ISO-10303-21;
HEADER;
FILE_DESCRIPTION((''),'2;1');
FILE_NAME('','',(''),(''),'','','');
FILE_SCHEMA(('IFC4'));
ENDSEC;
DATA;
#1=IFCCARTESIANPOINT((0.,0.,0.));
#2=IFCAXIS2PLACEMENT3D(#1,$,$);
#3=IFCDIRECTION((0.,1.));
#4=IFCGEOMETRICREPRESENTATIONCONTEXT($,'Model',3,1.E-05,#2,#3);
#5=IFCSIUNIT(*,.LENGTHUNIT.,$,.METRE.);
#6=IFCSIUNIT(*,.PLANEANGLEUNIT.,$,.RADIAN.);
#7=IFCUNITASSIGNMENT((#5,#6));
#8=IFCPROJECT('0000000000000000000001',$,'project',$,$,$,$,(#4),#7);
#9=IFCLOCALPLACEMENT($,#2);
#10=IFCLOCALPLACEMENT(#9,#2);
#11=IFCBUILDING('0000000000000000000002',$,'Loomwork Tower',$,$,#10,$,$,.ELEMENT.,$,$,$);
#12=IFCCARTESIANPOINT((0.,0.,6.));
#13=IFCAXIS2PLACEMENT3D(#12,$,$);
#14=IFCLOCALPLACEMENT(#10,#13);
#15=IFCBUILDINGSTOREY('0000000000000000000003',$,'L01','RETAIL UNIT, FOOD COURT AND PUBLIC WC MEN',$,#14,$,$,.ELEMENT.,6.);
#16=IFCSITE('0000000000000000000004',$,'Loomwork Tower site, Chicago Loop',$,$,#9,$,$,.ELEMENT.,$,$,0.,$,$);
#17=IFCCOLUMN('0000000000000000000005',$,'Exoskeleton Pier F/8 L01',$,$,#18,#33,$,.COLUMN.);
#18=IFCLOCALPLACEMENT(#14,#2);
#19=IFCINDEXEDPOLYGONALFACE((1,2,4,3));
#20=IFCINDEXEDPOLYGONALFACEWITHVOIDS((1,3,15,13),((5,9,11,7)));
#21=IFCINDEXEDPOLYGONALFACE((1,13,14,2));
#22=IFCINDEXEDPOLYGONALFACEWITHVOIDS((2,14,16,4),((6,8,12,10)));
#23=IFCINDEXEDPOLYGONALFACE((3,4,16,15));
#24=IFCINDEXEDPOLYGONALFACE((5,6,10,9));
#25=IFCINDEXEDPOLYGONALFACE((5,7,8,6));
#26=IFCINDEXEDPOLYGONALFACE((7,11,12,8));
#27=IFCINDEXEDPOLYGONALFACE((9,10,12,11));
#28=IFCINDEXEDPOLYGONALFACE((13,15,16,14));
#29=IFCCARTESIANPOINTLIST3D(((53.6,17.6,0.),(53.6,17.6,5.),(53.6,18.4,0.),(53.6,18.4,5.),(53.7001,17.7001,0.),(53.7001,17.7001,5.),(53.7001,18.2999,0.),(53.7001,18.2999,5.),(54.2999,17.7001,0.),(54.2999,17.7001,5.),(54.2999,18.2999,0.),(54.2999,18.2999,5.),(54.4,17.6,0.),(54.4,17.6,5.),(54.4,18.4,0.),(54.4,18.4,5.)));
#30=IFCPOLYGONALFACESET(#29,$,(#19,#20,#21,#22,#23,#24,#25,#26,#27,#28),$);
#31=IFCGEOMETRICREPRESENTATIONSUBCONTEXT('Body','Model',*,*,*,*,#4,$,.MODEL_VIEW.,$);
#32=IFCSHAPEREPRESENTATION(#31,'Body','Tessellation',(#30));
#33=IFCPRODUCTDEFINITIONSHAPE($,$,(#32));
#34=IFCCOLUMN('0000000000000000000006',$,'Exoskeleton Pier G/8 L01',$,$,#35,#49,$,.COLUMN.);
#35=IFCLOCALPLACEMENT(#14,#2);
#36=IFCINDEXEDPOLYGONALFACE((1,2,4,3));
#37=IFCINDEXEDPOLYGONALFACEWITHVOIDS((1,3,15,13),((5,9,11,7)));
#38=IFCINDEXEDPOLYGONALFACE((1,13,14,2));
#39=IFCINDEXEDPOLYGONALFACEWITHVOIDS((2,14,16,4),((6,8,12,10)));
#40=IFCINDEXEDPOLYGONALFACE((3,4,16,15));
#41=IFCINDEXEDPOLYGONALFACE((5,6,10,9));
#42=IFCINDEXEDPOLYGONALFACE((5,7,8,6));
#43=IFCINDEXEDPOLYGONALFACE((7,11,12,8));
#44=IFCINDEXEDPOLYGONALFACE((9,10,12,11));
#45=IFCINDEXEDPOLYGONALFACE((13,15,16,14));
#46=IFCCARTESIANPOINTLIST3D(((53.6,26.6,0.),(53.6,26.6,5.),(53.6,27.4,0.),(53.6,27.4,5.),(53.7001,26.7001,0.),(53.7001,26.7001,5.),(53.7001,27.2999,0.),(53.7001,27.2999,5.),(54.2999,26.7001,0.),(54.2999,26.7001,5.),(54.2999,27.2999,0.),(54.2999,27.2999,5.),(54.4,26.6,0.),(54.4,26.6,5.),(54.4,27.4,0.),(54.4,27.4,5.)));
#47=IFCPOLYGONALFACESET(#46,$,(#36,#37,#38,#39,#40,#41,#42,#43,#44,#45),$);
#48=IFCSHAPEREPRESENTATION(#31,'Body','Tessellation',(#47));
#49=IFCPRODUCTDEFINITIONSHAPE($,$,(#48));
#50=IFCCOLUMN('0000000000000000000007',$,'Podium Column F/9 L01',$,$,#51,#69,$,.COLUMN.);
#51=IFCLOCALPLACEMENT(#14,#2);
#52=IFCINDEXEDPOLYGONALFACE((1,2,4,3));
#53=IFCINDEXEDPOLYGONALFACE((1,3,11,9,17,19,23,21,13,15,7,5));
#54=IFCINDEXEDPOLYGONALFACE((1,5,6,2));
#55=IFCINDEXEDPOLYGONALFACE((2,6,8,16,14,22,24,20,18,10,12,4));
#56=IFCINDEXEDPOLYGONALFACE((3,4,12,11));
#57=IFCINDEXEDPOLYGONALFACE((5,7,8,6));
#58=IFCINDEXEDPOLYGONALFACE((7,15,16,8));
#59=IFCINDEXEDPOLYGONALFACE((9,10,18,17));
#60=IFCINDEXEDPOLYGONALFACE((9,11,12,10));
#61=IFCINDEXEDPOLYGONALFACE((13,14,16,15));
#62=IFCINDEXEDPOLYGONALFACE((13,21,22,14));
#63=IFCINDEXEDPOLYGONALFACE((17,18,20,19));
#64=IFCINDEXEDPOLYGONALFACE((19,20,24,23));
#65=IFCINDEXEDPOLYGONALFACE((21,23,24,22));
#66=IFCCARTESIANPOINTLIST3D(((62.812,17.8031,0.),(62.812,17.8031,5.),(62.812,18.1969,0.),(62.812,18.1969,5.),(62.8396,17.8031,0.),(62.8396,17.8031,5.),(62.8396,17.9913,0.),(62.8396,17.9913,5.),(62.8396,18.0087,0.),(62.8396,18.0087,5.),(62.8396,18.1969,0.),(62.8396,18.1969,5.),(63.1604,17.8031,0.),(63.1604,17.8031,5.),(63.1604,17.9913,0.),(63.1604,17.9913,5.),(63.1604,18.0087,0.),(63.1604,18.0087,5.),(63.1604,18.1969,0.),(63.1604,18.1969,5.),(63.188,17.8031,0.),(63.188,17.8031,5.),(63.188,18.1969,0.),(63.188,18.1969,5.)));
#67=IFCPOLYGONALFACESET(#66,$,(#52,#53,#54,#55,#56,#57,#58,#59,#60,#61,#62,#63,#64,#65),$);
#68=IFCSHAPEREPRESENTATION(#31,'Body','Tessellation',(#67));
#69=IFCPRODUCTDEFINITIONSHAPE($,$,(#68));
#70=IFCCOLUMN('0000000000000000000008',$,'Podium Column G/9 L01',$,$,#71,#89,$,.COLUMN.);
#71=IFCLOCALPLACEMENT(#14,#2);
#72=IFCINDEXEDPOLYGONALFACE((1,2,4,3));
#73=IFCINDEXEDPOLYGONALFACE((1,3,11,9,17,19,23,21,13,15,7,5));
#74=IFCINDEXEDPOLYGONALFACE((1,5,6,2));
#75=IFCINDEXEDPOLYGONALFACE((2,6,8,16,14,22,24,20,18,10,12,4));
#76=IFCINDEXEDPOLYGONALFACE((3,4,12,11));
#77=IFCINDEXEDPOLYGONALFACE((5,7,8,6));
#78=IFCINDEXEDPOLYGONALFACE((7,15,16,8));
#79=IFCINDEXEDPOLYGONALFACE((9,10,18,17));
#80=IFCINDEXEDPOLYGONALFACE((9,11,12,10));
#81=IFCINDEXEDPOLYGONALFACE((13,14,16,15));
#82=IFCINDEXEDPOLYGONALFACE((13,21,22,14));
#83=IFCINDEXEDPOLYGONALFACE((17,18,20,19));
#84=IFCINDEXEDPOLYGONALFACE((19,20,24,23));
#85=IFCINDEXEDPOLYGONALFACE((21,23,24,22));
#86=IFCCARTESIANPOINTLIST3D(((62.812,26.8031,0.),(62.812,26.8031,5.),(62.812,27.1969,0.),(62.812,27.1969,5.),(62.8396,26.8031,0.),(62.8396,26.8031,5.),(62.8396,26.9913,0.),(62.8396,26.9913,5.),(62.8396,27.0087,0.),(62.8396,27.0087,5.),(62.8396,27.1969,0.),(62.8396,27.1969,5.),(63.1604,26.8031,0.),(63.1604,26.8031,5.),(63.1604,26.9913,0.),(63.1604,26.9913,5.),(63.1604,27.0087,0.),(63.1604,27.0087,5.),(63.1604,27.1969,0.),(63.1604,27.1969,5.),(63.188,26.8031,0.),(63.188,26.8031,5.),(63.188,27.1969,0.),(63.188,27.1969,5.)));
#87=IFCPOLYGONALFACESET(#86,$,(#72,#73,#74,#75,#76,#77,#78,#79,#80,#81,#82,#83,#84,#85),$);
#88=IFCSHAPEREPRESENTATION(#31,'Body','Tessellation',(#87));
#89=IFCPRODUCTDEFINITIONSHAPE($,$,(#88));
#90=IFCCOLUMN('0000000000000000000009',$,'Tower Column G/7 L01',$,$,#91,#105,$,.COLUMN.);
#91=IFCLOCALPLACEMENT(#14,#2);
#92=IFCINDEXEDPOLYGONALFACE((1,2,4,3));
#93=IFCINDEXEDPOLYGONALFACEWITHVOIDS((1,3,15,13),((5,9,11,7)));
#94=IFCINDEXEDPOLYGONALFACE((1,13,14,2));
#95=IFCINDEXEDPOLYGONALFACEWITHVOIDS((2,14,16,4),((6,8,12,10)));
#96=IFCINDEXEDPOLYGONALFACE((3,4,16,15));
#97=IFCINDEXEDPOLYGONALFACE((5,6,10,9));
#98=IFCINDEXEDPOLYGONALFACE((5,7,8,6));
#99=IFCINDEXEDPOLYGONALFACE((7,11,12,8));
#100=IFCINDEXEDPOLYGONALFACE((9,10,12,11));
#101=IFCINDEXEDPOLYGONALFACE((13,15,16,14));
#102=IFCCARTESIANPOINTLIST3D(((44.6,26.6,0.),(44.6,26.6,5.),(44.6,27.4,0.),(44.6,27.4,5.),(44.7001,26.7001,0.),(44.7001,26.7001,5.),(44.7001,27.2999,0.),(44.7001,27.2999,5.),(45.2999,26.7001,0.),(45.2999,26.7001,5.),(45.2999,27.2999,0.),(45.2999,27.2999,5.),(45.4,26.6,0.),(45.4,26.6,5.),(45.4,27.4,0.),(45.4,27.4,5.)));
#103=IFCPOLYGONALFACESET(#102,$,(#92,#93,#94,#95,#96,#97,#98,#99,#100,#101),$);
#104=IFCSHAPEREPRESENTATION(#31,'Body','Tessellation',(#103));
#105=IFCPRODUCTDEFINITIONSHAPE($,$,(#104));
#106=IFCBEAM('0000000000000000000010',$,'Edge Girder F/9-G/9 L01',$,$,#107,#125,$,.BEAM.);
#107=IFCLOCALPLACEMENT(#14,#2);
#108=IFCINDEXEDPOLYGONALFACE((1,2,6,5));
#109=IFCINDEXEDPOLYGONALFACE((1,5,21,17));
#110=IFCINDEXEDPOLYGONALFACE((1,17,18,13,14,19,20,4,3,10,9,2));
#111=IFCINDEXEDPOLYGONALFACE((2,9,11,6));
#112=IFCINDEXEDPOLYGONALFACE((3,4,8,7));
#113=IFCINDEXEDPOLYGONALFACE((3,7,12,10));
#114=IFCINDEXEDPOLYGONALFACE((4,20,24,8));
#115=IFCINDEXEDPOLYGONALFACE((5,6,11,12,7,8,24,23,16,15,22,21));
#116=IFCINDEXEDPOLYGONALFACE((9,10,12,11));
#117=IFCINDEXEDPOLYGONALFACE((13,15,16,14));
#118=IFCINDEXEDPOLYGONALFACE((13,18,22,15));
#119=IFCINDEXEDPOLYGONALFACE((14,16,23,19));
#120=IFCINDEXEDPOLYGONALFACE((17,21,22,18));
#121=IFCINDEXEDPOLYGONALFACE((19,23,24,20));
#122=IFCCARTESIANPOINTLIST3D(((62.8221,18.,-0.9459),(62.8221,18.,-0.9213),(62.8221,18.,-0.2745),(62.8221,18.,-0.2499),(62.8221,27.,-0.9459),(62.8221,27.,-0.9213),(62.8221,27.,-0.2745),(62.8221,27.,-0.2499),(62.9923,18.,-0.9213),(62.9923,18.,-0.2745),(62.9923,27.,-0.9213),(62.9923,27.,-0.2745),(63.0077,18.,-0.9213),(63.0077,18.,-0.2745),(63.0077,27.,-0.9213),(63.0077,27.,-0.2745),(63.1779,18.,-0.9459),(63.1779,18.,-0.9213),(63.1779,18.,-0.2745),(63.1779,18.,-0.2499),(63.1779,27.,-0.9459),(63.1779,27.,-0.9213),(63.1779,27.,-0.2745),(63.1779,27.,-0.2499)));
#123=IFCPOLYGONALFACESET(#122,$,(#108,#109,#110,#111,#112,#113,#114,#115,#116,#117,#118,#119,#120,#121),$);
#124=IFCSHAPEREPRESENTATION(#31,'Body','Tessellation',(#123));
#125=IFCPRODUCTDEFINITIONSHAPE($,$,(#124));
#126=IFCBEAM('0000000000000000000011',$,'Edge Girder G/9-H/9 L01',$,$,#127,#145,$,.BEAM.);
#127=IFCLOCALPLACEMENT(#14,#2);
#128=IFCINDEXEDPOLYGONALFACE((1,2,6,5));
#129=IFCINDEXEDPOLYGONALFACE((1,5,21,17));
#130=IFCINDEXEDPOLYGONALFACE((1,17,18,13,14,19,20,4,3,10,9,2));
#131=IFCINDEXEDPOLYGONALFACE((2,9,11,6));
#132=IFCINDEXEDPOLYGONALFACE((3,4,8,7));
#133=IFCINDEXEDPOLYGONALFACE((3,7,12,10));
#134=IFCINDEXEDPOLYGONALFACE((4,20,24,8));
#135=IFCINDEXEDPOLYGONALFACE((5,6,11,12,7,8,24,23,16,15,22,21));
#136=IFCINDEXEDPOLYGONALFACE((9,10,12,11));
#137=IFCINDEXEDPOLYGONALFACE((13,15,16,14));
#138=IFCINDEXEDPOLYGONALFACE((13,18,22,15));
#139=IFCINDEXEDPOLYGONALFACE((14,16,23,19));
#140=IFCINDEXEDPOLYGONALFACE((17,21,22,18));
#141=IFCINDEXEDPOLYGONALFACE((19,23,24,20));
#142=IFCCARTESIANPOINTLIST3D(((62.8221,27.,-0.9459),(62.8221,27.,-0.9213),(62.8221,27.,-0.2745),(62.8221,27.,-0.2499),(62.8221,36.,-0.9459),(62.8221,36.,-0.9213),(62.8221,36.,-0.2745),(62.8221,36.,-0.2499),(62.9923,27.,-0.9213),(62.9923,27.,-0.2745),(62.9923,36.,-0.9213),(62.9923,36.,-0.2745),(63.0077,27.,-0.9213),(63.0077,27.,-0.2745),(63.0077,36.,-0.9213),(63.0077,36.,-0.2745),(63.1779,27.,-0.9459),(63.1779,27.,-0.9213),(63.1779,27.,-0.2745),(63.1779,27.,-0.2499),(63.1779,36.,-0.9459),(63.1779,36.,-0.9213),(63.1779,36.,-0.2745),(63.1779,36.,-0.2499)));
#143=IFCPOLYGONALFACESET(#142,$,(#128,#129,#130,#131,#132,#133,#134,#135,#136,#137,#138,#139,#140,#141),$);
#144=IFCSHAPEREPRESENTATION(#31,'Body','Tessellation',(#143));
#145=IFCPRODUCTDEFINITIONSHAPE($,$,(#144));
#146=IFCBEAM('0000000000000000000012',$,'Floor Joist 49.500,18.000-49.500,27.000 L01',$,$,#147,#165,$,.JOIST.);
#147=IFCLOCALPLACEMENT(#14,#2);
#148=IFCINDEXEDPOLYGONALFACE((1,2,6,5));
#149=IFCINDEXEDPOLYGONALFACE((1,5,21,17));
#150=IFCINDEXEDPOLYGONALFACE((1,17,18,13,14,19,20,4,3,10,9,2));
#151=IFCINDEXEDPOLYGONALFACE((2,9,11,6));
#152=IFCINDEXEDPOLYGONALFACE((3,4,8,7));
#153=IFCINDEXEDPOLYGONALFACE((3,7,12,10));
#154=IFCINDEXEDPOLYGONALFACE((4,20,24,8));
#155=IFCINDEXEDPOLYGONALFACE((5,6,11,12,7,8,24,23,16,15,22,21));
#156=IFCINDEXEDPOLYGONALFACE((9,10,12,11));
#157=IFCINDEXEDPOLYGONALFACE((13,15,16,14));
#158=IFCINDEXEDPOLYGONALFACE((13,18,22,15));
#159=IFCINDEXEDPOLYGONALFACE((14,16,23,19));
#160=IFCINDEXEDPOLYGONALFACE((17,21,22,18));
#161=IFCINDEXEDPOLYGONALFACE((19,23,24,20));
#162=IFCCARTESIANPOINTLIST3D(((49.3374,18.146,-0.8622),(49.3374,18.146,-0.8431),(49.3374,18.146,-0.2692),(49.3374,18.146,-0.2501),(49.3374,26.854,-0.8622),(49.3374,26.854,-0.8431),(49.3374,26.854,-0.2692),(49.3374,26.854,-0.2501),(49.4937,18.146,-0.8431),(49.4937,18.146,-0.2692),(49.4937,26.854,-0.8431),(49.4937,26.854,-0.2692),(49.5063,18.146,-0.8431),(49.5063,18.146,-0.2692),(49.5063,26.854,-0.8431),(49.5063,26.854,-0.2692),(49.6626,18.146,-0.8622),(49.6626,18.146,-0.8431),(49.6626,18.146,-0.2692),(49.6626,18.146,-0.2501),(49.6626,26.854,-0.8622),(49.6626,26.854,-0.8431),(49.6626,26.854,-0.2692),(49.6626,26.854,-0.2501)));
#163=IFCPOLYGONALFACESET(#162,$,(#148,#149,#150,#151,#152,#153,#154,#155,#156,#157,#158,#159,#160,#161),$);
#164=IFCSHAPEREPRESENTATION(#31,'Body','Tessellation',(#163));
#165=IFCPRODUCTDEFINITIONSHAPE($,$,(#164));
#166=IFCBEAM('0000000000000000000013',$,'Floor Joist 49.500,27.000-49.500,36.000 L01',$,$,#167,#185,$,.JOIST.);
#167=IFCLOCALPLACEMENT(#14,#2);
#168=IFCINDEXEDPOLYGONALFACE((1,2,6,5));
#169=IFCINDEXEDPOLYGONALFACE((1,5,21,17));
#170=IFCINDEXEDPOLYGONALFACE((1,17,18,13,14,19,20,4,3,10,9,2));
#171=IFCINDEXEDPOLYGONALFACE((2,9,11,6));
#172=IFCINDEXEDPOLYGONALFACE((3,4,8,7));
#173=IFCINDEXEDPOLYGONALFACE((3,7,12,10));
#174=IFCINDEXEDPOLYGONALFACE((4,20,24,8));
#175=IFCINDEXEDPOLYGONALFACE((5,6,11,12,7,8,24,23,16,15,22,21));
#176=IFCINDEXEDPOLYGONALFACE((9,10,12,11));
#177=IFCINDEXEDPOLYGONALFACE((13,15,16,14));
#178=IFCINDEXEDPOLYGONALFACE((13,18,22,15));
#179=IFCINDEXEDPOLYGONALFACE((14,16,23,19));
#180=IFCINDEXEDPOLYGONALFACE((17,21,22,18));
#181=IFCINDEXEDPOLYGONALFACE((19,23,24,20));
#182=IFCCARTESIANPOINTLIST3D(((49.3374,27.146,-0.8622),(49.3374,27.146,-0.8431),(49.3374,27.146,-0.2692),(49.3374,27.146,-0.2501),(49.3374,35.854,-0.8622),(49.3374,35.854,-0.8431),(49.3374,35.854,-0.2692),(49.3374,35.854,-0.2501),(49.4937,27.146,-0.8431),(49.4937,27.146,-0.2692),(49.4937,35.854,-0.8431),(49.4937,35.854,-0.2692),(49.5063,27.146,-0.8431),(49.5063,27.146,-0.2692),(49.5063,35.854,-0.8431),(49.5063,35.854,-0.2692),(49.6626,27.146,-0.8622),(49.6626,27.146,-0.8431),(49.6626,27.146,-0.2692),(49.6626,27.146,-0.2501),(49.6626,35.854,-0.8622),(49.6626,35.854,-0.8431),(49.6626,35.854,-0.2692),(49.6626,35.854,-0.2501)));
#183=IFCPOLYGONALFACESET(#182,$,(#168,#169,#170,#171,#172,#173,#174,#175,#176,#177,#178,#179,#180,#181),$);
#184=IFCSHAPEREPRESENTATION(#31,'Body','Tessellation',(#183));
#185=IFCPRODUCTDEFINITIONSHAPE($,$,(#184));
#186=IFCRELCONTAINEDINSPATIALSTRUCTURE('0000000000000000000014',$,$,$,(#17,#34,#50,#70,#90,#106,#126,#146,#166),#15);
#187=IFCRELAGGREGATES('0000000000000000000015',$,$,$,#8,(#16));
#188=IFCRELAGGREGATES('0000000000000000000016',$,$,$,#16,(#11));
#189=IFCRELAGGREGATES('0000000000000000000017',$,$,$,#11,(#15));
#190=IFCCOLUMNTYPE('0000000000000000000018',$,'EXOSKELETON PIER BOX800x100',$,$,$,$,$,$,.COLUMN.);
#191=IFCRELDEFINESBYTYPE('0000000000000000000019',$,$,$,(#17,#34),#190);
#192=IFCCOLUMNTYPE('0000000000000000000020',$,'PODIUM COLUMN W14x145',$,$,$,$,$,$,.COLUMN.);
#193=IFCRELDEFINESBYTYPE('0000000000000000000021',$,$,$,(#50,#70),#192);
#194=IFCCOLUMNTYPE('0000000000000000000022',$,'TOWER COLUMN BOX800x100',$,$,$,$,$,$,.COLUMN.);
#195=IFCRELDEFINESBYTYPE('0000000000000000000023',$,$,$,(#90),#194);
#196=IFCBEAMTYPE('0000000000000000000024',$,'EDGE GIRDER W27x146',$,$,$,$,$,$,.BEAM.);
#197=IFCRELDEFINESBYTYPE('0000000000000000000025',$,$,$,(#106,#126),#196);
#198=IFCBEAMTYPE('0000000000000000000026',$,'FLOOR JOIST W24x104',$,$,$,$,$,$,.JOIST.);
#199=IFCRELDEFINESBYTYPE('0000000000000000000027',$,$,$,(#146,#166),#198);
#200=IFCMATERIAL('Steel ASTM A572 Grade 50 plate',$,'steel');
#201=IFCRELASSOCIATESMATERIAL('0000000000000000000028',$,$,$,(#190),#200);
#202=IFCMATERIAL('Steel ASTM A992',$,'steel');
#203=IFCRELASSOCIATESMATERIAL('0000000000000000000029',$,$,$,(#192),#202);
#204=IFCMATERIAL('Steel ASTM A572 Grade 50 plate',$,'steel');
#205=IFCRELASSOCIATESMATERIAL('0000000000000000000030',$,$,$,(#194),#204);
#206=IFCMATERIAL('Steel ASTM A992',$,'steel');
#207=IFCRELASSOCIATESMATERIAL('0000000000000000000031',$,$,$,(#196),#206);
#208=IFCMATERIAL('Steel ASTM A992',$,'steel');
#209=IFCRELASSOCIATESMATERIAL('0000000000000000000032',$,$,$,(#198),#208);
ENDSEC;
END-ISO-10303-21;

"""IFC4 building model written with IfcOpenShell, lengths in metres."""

from ifc_helpers import new_model, si_unit, direction, frame, origin, origin_2d, place, context, subcontext, project, spatial, hollow_rectangle, i_section, extrude, material, material_profile, profile_set, type_object, element, save


model = new_model("IFC4")

# Units and contexts
model_context = context("Model", 3, precision=1e-05, world=origin(), true_north=direction((0.0, 1.0)))
body_context = subcontext(model_context, "Body", "Model", "MODEL_VIEW")
ifc_project = project(units=[si_unit("LENGTHUNIT", "METRE"), si_unit("PLANEANGLEUNIT", "RADIAN")], contexts=[model_context])

# Site, building, storey
site_placement = place(None, origin())
site = spatial("IfcSite", under=ifc_project, at=site_placement, Name="Loomwork Tower site, Chicago Loop", CompositionType="ELEMENT", RefElevation=0.0)
building_placement = place(site_placement, origin())
building = spatial("IfcBuilding", under=site, at=building_placement, Name="Loomwork Tower", CompositionType="ELEMENT")
storey_placement = place(building_placement, frame((0.0, 0.0, 6.0)))
storey = spatial("IfcBuildingStorey", under=building, at=storey_placement, Name="L01", Description="RETAIL UNIT, FOOD COURT AND PUBLIC WC MEN", CompositionType="ELEMENT", Elevation=6.0)

# Columns
ifc_material_1 = material(Name="Steel ASTM A572 Grade 50 plate", Category="steel")
ifc_material_profile_1 = material_profile(ifc_material_1, hollow_rectangle(XDim=0.8, YDim=0.8, WallThickness=0.1001, at=origin_2d()), Name="BOX800x100")
ifc_profile_set_1 = profile_set([ifc_material_profile_1], Name="Steel ASTM A572 Grade 50 plate")
column_type_1 = type_object("IfcColumnType", Name="EXOSKELETON PIER BOX800x100", PredefinedType="COLUMN", material=ifc_profile_set_1)
for number, where, z_axis, x_axis, name in (
    (1, (54.0, 18.0, 0.0), (0.0, 0.0, 1.0), (0.0, 1.0, 0.0), "Exoskeleton Pier F/8 L01"),
    (2, (54.0, 27.0, 0.0), (0.0, 0.0, 1.0), (0.0, 1.0, 0.0), "Exoskeleton Pier G/8 L01"),
):
    element("IfcColumn", number, at=place(storey_placement, frame(where, z_axis=z_axis, x_axis=x_axis)), inside=storey, type_object=column_type_1, Name=name, PredefinedType="COLUMN", context=body_context, shape_type="SweptSolid", body=[
        extrude(hollow_rectangle(XDim=0.8, YDim=0.8, WallThickness=0.1001, at=origin_2d()), origin(), (0.0, 0.0, 1.0), 5.0),
    ])
ifc_material_2 = material(Name="Steel ASTM A992", Category="steel")
ifc_material_profile_2 = material_profile(ifc_material_2, i_section(OverallWidth=0.3938, OverallDepth=0.376, WebThickness=0.0173, FlangeThickness=0.0276, at=origin_2d()), Name="W14x145")
ifc_profile_set_2 = profile_set([ifc_material_profile_2], Name="Steel ASTM A992")
column_type_2 = type_object("IfcColumnType", Name="PODIUM COLUMN W14x145", PredefinedType="COLUMN", material=ifc_profile_set_2)
for number, where, z_axis, x_axis, name in (
    (3, (63.0, 18.0, 0.0), (0.0, 0.0, 1.0), (0.0, 1.0, 0.0), "Podium Column F/9 L01"),
    (4, (63.0, 27.0, 0.0), (0.0, 0.0, 1.0), (0.0, 1.0, 0.0), "Podium Column G/9 L01"),
):
    element("IfcColumn", number, at=place(storey_placement, frame(where, z_axis=z_axis, x_axis=x_axis)), inside=storey, type_object=column_type_2, Name=name, PredefinedType="COLUMN", context=body_context, shape_type="SweptSolid", body=[
        extrude(i_section(OverallWidth=0.3938, OverallDepth=0.376, WebThickness=0.0173, FlangeThickness=0.0276, at=origin_2d()), origin(), (0.0, 0.0, 1.0), 5.0),
    ])
ifc_material_3 = material(Name="Steel ASTM A572 Grade 50 plate", Category="steel")
ifc_material_profile_3 = material_profile(ifc_material_3, hollow_rectangle(XDim=0.8, YDim=0.8, WallThickness=0.1001, at=origin_2d()), Name="BOX800x100")
ifc_profile_set_3 = profile_set([ifc_material_profile_3], Name="Steel ASTM A572 Grade 50 plate")
column_type_3 = type_object("IfcColumnType", Name="TOWER COLUMN BOX800x100", PredefinedType="COLUMN", material=ifc_profile_set_3)
column_placement = place(storey_placement, frame((45.0, 27.0, 0.0), z_axis=(0.0, 0.0, 1.0), x_axis=(0.0, 1.0, 0.0)))
element("IfcColumn", 5, at=column_placement, inside=storey, type_object=column_type_3, Name="Tower Column G/7 L01", PredefinedType="COLUMN", context=body_context, shape_type="SweptSolid", body=[
    extrude(hollow_rectangle(XDim=0.8, YDim=0.8, WallThickness=0.1001, at=origin_2d()), origin(), (0.0, 0.0, 1.0), 5.0),
])

# Beams
ifc_material_4 = material(Name="Steel ASTM A992", Category="steel")
ifc_material_profile_4 = material_profile(ifc_material_4, i_section(OverallWidth=0.3557, OverallDepth=0.696, WebThickness=0.0154, FlangeThickness=0.0247, at=origin_2d()), Name="W27x146")
ifc_profile_set_4 = profile_set([ifc_material_profile_4], Name="Steel ASTM A992")
beam_type_1 = type_object("IfcBeamType", Name="EDGE GIRDER W27x146", PredefinedType="BEAM", material=ifc_profile_set_4)
for number, where, z_axis, x_axis, name in (
    (6, (63.0, 18.0, -0.5979), (0.0, 1.0, 0.0), (-1.0, 0.0, 0.0), "Edge Girder F/9-G/9 L01"),
    (7, (63.0, 27.0, -0.5979), (0.0, 1.0, 0.0), (-1.0, 0.0, 0.0), "Edge Girder G/9-H/9 L01"),
):
    element("IfcBeam", number, at=place(storey_placement, frame(where, z_axis=z_axis, x_axis=x_axis)), inside=storey, type_object=beam_type_1, Name=name, PredefinedType="BEAM", context=body_context, shape_type="SweptSolid", body=[
        extrude(i_section(OverallWidth=0.3557, OverallDepth=0.696, WebThickness=0.0154, FlangeThickness=0.0247, at=origin_2d()), origin(), (0.0, 0.0, 1.0), 9.0),
    ])
ifc_material_5 = material(Name="Steel ASTM A992", Category="steel")
ifc_material_profile_5 = material_profile(ifc_material_5, i_section(OverallWidth=0.3252, OverallDepth=0.6121, WebThickness=0.0127, FlangeThickness=0.019, at=origin_2d()), Name="W24x104")
ifc_profile_set_5 = profile_set([ifc_material_profile_5], Name="Steel ASTM A992")
beam_type_2 = type_object("IfcBeamType", Name="FLOOR JOIST W24x104", PredefinedType="JOIST", material=ifc_profile_set_5)
for number, where, z_axis, x_axis, name in (
    (8, (49.5, 18.146, -0.5562), (0.0, 1.0, 0.0), (-1.0, 0.0, 0.0), "Floor Joist 49.500,18.000-49.500,27.000 L01"),
    (9, (49.5, 27.146, -0.5562), (0.0, 1.0, 0.0), (-1.0, 0.0, 0.0), "Floor Joist 49.500,27.000-49.500,36.000 L01"),
):
    element("IfcBeam", number, at=place(storey_placement, frame(where, z_axis=z_axis, x_axis=x_axis)), inside=storey, type_object=beam_type_2, Name=name, PredefinedType="JOIST", context=body_context, shape_type="SweptSolid", body=[
        extrude(i_section(OverallWidth=0.3252, OverallDepth=0.6121, WebThickness=0.0127, FlangeThickness=0.019, at=origin_2d()), origin(), (0.0, 0.0, 1.0), 8.708),
    ])

save(model, "model.ifc")
